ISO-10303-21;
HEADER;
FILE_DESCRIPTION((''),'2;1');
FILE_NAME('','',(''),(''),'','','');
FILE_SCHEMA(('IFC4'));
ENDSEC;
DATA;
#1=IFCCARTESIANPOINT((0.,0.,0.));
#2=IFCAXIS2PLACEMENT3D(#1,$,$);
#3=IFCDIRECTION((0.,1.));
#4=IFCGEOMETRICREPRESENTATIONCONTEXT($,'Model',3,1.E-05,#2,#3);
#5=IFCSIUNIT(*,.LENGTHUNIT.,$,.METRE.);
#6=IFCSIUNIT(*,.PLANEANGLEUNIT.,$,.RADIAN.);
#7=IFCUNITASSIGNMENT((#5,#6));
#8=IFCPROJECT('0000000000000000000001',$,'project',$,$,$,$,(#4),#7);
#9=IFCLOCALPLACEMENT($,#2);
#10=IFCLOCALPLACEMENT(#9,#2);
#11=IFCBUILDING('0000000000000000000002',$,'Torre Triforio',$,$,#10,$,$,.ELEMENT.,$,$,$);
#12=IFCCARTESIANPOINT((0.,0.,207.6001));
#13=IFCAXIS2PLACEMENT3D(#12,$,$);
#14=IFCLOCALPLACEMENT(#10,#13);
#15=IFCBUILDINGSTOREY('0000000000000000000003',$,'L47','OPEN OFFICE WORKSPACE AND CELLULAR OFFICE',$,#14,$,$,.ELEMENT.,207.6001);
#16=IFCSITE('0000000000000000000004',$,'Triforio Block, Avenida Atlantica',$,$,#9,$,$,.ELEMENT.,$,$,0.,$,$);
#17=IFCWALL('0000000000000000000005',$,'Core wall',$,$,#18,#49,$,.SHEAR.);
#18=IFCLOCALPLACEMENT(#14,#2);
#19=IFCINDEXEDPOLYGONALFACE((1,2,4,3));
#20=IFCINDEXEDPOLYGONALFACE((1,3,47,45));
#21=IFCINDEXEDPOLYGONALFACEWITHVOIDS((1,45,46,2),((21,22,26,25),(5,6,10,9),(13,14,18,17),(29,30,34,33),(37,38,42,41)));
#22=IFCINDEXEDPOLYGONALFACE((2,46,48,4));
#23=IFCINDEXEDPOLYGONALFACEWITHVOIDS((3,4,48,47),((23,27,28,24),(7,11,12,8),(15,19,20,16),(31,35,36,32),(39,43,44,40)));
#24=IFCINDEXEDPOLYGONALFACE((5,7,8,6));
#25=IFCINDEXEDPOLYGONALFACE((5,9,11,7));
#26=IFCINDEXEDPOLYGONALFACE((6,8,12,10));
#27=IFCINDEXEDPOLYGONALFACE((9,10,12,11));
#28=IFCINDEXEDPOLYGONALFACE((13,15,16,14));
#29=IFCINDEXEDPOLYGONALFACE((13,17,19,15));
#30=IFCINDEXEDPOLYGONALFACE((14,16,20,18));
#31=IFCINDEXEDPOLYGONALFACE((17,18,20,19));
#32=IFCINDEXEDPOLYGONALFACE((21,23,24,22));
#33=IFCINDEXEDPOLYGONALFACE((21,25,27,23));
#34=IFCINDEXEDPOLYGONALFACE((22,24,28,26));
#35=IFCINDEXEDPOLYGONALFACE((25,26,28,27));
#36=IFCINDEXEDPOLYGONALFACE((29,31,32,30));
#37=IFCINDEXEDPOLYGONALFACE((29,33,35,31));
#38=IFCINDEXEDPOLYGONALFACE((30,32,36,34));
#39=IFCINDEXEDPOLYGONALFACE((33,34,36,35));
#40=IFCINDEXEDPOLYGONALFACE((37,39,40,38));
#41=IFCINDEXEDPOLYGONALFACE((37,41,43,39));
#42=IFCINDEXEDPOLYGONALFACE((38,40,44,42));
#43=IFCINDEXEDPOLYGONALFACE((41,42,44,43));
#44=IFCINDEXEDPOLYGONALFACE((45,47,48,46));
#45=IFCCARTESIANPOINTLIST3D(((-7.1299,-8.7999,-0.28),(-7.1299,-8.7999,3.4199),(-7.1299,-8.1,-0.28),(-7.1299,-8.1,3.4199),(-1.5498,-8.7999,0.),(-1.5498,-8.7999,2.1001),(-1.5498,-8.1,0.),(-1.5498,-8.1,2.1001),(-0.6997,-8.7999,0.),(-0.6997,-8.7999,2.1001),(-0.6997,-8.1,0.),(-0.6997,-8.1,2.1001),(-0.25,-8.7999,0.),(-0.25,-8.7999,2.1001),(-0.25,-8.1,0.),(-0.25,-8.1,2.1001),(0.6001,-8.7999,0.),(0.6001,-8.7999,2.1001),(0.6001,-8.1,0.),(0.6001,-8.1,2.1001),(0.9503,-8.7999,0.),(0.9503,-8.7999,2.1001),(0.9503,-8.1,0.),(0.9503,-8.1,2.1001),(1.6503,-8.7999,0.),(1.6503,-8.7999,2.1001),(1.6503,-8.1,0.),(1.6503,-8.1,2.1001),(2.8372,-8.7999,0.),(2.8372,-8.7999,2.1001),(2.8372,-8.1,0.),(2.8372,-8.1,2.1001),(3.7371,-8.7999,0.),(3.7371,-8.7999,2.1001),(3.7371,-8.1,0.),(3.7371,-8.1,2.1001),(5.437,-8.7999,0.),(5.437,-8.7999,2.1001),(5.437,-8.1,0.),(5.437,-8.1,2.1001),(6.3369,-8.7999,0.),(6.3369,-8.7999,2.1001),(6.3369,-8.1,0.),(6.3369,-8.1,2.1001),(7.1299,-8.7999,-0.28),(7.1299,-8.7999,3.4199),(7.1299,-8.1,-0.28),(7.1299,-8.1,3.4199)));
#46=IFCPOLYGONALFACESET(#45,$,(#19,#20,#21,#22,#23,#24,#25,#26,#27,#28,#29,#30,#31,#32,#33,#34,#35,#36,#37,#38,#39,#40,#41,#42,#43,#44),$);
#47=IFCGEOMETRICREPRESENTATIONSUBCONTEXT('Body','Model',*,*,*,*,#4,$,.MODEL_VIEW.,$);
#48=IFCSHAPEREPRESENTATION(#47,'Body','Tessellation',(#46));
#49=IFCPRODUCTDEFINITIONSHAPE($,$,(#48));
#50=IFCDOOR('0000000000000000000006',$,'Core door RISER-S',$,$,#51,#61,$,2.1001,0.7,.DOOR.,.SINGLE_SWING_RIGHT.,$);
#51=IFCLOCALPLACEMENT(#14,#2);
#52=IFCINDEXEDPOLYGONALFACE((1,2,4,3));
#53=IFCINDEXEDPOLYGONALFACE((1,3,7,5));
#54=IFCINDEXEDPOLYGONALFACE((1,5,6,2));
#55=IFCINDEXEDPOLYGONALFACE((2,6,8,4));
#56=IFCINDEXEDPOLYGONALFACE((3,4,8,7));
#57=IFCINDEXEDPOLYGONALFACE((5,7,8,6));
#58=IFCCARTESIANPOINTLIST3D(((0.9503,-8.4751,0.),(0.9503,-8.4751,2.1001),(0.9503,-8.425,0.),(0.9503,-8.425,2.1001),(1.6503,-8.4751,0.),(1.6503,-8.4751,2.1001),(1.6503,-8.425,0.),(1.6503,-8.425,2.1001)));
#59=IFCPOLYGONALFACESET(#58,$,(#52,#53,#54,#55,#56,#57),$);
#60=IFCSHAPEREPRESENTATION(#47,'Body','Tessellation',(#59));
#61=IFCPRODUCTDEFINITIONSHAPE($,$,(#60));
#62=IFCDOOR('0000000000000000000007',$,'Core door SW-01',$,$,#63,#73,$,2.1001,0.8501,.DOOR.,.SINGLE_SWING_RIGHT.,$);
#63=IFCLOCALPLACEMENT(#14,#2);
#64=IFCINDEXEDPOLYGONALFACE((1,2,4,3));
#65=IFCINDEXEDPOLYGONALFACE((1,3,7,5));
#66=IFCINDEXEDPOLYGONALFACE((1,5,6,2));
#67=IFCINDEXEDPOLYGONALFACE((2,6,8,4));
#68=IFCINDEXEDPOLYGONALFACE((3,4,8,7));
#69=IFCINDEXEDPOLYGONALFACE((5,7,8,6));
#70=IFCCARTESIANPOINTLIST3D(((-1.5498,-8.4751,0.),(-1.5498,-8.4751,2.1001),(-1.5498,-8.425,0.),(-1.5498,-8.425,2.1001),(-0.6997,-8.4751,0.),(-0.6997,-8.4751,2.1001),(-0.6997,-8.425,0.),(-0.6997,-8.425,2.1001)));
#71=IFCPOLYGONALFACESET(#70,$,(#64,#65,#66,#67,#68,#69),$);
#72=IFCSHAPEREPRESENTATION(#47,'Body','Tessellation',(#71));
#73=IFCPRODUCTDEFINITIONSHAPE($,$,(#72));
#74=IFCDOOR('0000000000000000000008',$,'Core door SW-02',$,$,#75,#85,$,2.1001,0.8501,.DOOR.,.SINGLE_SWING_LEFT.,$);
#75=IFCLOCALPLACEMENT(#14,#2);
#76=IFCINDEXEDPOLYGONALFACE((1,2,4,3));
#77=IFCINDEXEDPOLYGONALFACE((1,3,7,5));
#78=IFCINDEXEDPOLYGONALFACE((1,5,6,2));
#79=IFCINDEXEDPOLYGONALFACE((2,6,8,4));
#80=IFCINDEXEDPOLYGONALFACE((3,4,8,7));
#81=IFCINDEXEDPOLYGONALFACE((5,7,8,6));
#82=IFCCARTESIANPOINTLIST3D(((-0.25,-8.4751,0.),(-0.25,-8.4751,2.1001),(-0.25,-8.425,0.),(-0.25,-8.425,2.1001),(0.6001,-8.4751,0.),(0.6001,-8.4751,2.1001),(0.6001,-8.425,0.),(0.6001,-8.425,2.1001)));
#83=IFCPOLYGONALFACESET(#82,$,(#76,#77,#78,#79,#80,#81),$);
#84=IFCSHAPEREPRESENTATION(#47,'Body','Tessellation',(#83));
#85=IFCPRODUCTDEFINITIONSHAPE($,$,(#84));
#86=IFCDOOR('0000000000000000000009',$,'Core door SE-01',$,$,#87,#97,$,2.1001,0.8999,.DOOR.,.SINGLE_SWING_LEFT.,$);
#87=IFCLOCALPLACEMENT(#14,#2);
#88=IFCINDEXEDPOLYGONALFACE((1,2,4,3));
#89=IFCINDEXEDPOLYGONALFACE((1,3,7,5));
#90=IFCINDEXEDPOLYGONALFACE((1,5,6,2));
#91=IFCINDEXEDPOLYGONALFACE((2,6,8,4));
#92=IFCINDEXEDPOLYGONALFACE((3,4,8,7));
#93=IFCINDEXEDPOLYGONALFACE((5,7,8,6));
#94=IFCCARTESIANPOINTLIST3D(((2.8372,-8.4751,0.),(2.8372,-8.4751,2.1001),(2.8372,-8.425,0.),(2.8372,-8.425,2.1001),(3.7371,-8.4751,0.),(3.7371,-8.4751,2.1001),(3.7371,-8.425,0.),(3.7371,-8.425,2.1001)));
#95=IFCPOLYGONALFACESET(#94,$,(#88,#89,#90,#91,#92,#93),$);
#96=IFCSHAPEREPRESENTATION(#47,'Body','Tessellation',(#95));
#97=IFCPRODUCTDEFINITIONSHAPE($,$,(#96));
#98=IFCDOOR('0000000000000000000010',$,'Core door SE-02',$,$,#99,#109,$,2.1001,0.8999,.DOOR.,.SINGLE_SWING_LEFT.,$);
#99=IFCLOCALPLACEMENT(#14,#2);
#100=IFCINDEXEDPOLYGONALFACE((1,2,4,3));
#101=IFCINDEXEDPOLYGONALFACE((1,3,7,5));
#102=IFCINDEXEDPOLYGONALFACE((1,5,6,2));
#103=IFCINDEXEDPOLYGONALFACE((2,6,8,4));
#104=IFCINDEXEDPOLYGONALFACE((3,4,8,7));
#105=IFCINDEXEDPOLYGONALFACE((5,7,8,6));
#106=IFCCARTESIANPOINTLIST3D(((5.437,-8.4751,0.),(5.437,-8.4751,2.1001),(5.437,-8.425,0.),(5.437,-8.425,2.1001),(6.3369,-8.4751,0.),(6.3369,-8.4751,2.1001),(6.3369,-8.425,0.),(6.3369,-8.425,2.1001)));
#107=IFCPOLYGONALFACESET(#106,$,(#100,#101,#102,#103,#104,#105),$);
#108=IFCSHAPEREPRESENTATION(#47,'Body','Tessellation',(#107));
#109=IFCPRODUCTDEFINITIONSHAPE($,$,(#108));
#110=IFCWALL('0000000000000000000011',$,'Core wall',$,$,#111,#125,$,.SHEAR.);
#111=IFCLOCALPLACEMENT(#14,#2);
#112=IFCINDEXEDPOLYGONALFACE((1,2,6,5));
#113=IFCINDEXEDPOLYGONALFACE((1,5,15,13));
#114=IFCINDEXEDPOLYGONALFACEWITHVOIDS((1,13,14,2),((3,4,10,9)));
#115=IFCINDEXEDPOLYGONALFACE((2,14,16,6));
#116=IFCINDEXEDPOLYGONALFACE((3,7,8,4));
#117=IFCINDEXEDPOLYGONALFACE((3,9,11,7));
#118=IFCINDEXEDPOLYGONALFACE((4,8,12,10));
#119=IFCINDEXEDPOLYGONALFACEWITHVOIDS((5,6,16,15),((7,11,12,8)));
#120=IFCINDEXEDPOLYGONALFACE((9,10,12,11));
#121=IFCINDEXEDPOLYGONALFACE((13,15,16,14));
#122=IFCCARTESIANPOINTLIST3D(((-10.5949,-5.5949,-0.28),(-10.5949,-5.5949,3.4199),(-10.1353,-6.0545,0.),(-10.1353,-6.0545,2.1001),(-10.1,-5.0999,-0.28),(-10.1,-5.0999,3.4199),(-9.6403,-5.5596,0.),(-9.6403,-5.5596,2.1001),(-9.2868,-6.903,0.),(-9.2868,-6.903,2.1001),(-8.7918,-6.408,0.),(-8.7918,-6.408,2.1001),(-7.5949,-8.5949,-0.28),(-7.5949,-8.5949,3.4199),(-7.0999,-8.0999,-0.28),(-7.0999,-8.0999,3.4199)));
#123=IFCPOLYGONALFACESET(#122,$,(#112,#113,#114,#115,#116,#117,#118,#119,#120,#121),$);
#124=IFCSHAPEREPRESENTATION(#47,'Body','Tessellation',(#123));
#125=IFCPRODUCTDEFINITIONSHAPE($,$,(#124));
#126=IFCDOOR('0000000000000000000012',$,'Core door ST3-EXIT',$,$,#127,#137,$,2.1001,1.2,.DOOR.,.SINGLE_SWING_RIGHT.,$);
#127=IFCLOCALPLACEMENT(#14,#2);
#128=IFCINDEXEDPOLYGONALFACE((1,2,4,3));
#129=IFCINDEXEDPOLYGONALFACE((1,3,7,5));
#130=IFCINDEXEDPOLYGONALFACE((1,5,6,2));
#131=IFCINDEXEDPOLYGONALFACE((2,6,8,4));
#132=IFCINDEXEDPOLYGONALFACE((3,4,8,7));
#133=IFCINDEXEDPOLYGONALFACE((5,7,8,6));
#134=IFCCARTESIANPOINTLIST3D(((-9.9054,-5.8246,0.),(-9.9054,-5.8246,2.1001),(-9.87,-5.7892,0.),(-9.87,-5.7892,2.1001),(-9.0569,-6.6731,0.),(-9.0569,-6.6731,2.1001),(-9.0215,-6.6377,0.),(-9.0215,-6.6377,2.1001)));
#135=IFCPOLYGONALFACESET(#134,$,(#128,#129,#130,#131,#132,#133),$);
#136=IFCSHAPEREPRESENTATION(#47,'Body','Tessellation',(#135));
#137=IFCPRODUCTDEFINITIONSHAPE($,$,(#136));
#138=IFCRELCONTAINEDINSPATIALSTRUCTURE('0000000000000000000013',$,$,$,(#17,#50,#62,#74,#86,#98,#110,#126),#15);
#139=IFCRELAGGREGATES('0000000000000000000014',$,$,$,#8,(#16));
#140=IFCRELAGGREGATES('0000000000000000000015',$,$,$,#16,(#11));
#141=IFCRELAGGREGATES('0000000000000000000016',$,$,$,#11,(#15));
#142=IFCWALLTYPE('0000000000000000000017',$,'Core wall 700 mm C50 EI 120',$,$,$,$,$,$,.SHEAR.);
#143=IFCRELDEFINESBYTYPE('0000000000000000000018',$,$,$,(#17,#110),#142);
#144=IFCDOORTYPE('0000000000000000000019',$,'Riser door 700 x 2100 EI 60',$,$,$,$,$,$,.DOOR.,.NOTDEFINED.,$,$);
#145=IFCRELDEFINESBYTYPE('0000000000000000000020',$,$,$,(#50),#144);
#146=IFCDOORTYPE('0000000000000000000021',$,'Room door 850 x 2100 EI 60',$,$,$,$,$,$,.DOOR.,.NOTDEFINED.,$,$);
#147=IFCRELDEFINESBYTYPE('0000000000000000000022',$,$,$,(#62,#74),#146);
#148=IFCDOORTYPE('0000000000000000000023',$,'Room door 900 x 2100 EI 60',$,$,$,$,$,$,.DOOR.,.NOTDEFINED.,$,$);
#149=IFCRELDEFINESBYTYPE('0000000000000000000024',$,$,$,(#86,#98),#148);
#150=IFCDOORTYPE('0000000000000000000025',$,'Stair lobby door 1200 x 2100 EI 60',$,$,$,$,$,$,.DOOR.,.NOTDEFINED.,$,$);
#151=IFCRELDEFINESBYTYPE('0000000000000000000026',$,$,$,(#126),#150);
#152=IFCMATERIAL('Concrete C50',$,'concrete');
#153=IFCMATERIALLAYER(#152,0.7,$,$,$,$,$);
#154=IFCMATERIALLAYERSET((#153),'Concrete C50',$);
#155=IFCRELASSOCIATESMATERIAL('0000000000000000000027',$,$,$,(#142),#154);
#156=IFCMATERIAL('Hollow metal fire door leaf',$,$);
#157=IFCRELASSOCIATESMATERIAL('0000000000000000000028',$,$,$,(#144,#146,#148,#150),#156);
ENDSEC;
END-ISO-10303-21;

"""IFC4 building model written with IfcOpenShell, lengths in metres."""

from ifc_helpers import new_model, si_unit, direction, frame, frame_2d, origin, place, context, subcontext, project, spatial, rectangle, extrude, material, layer, layer_set, type_object, element, fill, save


model = new_model("IFC4")

# Units and contexts
model_context = context("Model", 3, precision=1e-05, world=origin(), true_north=direction((0.0, 1.0)))
body_context = subcontext(model_context, "Body", "Model", "MODEL_VIEW")
ifc_project = project(units=[si_unit("LENGTHUNIT", "METRE"), si_unit("PLANEANGLEUNIT", "RADIAN")], contexts=[model_context])

# Site, building, storey
site_placement = place(None, origin())
site = spatial("IfcSite", under=ifc_project, at=site_placement, Name="Triforio Block, Avenida Atlantica", CompositionType="ELEMENT", RefElevation=0.0)
building_placement = place(site_placement, origin())
building = spatial("IfcBuilding", under=site, at=building_placement, Name="Torre Triforio", CompositionType="ELEMENT")
storey_placement = place(building_placement, frame((0.0, 0.0, 207.6001)))
storey = spatial("IfcBuildingStorey", under=building, at=storey_placement, Name="L47", Description="OPEN OFFICE WORKSPACE AND CELLULAR OFFICE", CompositionType="ELEMENT", Elevation=207.6001)

# Shared definitions
ifc_material_1 = material(Name="Concrete C50", Category="concrete")

# Wall, openings, doors
ifc_layer_1 = layer(ifc_material_1, 0.7)
ifc_layer_set_1 = layer_set([ifc_layer_1], Name="Concrete C50")
wall_type_1 = type_object("IfcWallType", Name="Core wall 700 mm C50 EI 120", PredefinedType="SHEAR", material=ifc_layer_set_1)
wall_1_placement = place(storey_placement, frame((-7.1299, -8.45, -0.28), z_axis=(0.0, 0.0, 1.0), x_axis=(1.0, 0.0, 0.0)))
wall_1 = element("IfcWall", 1, at=wall_1_placement, inside=storey, type_object=wall_type_1, Name="Core wall", PredefinedType="SHEAR", context=body_context, shape_type="SweptSolid", body=[
    extrude(rectangle(XDim=14.2598, YDim=0.7, at=frame_2d((7.1299, 0.0))), origin(), (0.0, 0.0, 1.0), 3.7),
])
opening_1_placement = place(wall_1_placement, frame((8.0801, 0.0, 0.28)))
opening_1 = element("IfcOpeningElement", 2, at=opening_1_placement, cuts=wall_1, PredefinedType="OPENING", context=body_context, shape_type="SweptSolid", body=[
    extrude(rectangle(XDim=0.7, YDim=2.1001, at=frame_2d((0.3501, 1.05))), frame((0.0, 0.3599, 0.0), z_axis=(0.0, -1.0, 0.0), x_axis=(1.0, 0.0, 0.0)), (0.0, 0.0, 1.0), 0.72),
])
opening_2_placement = place(wall_1_placement, frame((5.5801, 0.0, 0.28)))
opening_2 = element("IfcOpeningElement", 3, at=opening_2_placement, cuts=wall_1, PredefinedType="OPENING", context=body_context, shape_type="SweptSolid", body=[
    extrude(rectangle(XDim=0.8501, YDim=2.1001, at=frame_2d((0.425, 1.05))), frame((0.0, 0.3599, 0.0), z_axis=(0.0, -1.0, 0.0), x_axis=(1.0, 0.0, 0.0)), (0.0, 0.0, 1.0), 0.72),
])
opening_3_placement = place(wall_1_placement, frame((6.8799, 0.0, 0.28)))
opening_3 = element("IfcOpeningElement", 4, at=opening_3_placement, cuts=wall_1, PredefinedType="OPENING", context=body_context, shape_type="SweptSolid", body=[
    extrude(rectangle(XDim=0.8501, YDim=2.1001, at=frame_2d((0.425, 1.05))), frame((0.0, 0.3599, 0.0), z_axis=(0.0, -1.0, 0.0), x_axis=(1.0, 0.0, 0.0)), (0.0, 0.0, 1.0), 0.72),
])
opening_4_placement = place(wall_1_placement, frame((9.967, 0.0, 0.28)))
opening_4 = element("IfcOpeningElement", 5, at=opening_4_placement, cuts=wall_1, PredefinedType="OPENING", context=body_context, shape_type="SweptSolid", body=[
    extrude(rectangle(XDim=0.8999, YDim=2.1001, at=frame_2d((0.45, 1.05))), frame((0.0, 0.3599, 0.0), z_axis=(0.0, -1.0, 0.0), x_axis=(1.0, 0.0, 0.0)), (0.0, 0.0, 1.0), 0.72),
])
opening_5_placement = place(wall_1_placement, frame((12.5669, 0.0, 0.28)))
opening_5 = element("IfcOpeningElement", 6, at=opening_5_placement, cuts=wall_1, PredefinedType="OPENING", context=body_context, shape_type="SweptSolid", body=[
    extrude(rectangle(XDim=0.8999, YDim=2.1001, at=frame_2d((0.45, 1.05))), frame((0.0, 0.3599, 0.0), z_axis=(0.0, -1.0, 0.0), x_axis=(1.0, 0.0, 0.0)), (0.0, 0.0, 1.0), 0.72),
])
ifc_material_2 = material(Name="Hollow metal fire door leaf")
door_type_1 = type_object("IfcDoorType", Name="Riser door 700 x 2100 EI 60", OperationType="NOTDEFINED", PredefinedType="DOOR", material=ifc_material_2)
door_1_placement = place(opening_1_placement, origin())
door_1 = element("IfcDoor", 7, at=door_1_placement, inside=storey, type_object=door_type_1, Name="Core door RISER-S", OperationType="SINGLE_SWING_RIGHT", OverallHeight=2.1001, OverallWidth=0.7, PredefinedType="DOOR", context=body_context, shape_type="SweptSolid", body=[
    extrude(rectangle(XDim=0.7, YDim=2.1001, at=frame_2d((0.3501, 1.05))), frame((0.0, 0.0249, 0.0), z_axis=(0.0, -1.0, 0.0), x_axis=(1.0, 0.0, 0.0)), (0.0, 0.0, 1.0), 0.05),
])
fill(opening_1, door_1)
door_type_2 = type_object("IfcDoorType", Name="Room door 850 x 2100 EI 60", OperationType="NOTDEFINED", PredefinedType="DOOR", material=ifc_material_2)
door_2_placement = place(opening_2_placement, origin())
door_2 = element("IfcDoor", 8, at=door_2_placement, inside=storey, type_object=door_type_2, Name="Core door SW-01", OperationType="SINGLE_SWING_RIGHT", OverallHeight=2.1001, OverallWidth=0.8501, PredefinedType="DOOR", context=body_context, shape_type="SweptSolid", body=[
    extrude(rectangle(XDim=0.8501, YDim=2.1001, at=frame_2d((0.425, 1.05))), frame((0.0, 0.0249, 0.0), z_axis=(0.0, -1.0, 0.0), x_axis=(1.0, 0.0, 0.0)), (0.0, 0.0, 1.0), 0.05),
])
fill(opening_2, door_2)
door_3_placement = place(opening_3_placement, origin())
door_3 = element("IfcDoor", 9, at=door_3_placement, inside=storey, type_object=door_type_2, Name="Core door SW-02", OperationType="SINGLE_SWING_LEFT", OverallHeight=2.1001, OverallWidth=0.8501, PredefinedType="DOOR", context=body_context, shape_type="SweptSolid", body=[
    extrude(rectangle(XDim=0.8501, YDim=2.1001, at=frame_2d((0.425, 1.05))), frame((0.0, 0.0249, 0.0), z_axis=(0.0, -1.0, 0.0), x_axis=(1.0, 0.0, 0.0)), (0.0, 0.0, 1.0), 0.05),
])
fill(opening_3, door_3)
door_type_3 = type_object("IfcDoorType", Name="Room door 900 x 2100 EI 60", OperationType="NOTDEFINED", PredefinedType="DOOR", material=ifc_material_2)
door_4_placement = place(opening_4_placement, origin())
door_4 = element("IfcDoor", 10, at=door_4_placement, inside=storey, type_object=door_type_3, Name="Core door SE-01", OperationType="SINGLE_SWING_LEFT", OverallHeight=2.1001, OverallWidth=0.8999, PredefinedType="DOOR", context=body_context, shape_type="SweptSolid", body=[
    extrude(rectangle(XDim=0.8999, YDim=2.1001, at=frame_2d((0.45, 1.05))), frame((0.0, 0.0249, 0.0), z_axis=(0.0, -1.0, 0.0), x_axis=(1.0, 0.0, 0.0)), (0.0, 0.0, 1.0), 0.05),
])
fill(opening_4, door_4)
door_5_placement = place(opening_5_placement, origin())
door_5 = element("IfcDoor", 11, at=door_5_placement, inside=storey, type_object=door_type_3, Name="Core door SE-02", OperationType="SINGLE_SWING_LEFT", OverallHeight=2.1001, OverallWidth=0.8999, PredefinedType="DOOR", context=body_context, shape_type="SweptSolid", body=[
    extrude(rectangle(XDim=0.8999, YDim=2.1001, at=frame_2d((0.45, 1.05))), frame((0.0, 0.0249, 0.0), z_axis=(0.0, -1.0, 0.0), x_axis=(1.0, 0.0, 0.0)), (0.0, 0.0, 1.0), 0.05),
])
fill(opening_5, door_5)

# Wall, opening, door
wall_2_placement = place(storey_placement, frame((-7.3474, -8.3474, -0.28), z_axis=(0.0, 0.0, 1.0), x_axis=(-0.707107, 0.707107, 0.0)))
wall_2 = element("IfcWall", 12, at=wall_2_placement, inside=storey, type_object=wall_type_1, Name="Core wall", PredefinedType="SHEAR", context=body_context, shape_type="SweptSolid", body=[
    extrude(rectangle(XDim=4.2427, YDim=0.7, at=frame_2d((2.1213, 0.0))), origin(), (0.0, 0.0, 1.0), 3.7),
])
opening_6_placement = place(wall_2_placement, frame((2.3926, 0.0, 0.28)))
opening_6 = element("IfcOpeningElement", 13, at=opening_6_placement, cuts=wall_2, PredefinedType="OPENING", context=body_context, shape_type="SweptSolid", body=[
    extrude(rectangle(XDim=1.2, YDim=2.1001, at=frame_2d((0.6001, 1.05))), frame((0.0, 0.3599, 0.0), z_axis=(0.0, -1.0, 0.0), x_axis=(1.0, 0.0, 0.0)), (0.0, 0.0, 1.0), 0.72),
])
door_type_4 = type_object("IfcDoorType", Name="Stair lobby door 1200 x 2100 EI 60", OperationType="NOTDEFINED", PredefinedType="DOOR", material=ifc_material_2)
door_6_placement = place(opening_6_placement, origin())
door_6 = element("IfcDoor", 14, at=door_6_placement, inside=storey, type_object=door_type_4, Name="Core door ST3-EXIT", OperationType="SINGLE_SWING_RIGHT", OverallHeight=2.1001, OverallWidth=1.2, PredefinedType="DOOR", context=body_context, shape_type="SweptSolid", body=[
    extrude(rectangle(XDim=1.2, YDim=2.1001, at=frame_2d((0.6001, 1.05))), frame((0.0, 0.0249, 0.0), z_axis=(0.0, -1.0, 0.0), x_axis=(1.0, 0.0, 0.0)), (0.0, 0.0, 1.0), 0.05),
])
fill(opening_6, door_6)

save(model, "model.ifc")
